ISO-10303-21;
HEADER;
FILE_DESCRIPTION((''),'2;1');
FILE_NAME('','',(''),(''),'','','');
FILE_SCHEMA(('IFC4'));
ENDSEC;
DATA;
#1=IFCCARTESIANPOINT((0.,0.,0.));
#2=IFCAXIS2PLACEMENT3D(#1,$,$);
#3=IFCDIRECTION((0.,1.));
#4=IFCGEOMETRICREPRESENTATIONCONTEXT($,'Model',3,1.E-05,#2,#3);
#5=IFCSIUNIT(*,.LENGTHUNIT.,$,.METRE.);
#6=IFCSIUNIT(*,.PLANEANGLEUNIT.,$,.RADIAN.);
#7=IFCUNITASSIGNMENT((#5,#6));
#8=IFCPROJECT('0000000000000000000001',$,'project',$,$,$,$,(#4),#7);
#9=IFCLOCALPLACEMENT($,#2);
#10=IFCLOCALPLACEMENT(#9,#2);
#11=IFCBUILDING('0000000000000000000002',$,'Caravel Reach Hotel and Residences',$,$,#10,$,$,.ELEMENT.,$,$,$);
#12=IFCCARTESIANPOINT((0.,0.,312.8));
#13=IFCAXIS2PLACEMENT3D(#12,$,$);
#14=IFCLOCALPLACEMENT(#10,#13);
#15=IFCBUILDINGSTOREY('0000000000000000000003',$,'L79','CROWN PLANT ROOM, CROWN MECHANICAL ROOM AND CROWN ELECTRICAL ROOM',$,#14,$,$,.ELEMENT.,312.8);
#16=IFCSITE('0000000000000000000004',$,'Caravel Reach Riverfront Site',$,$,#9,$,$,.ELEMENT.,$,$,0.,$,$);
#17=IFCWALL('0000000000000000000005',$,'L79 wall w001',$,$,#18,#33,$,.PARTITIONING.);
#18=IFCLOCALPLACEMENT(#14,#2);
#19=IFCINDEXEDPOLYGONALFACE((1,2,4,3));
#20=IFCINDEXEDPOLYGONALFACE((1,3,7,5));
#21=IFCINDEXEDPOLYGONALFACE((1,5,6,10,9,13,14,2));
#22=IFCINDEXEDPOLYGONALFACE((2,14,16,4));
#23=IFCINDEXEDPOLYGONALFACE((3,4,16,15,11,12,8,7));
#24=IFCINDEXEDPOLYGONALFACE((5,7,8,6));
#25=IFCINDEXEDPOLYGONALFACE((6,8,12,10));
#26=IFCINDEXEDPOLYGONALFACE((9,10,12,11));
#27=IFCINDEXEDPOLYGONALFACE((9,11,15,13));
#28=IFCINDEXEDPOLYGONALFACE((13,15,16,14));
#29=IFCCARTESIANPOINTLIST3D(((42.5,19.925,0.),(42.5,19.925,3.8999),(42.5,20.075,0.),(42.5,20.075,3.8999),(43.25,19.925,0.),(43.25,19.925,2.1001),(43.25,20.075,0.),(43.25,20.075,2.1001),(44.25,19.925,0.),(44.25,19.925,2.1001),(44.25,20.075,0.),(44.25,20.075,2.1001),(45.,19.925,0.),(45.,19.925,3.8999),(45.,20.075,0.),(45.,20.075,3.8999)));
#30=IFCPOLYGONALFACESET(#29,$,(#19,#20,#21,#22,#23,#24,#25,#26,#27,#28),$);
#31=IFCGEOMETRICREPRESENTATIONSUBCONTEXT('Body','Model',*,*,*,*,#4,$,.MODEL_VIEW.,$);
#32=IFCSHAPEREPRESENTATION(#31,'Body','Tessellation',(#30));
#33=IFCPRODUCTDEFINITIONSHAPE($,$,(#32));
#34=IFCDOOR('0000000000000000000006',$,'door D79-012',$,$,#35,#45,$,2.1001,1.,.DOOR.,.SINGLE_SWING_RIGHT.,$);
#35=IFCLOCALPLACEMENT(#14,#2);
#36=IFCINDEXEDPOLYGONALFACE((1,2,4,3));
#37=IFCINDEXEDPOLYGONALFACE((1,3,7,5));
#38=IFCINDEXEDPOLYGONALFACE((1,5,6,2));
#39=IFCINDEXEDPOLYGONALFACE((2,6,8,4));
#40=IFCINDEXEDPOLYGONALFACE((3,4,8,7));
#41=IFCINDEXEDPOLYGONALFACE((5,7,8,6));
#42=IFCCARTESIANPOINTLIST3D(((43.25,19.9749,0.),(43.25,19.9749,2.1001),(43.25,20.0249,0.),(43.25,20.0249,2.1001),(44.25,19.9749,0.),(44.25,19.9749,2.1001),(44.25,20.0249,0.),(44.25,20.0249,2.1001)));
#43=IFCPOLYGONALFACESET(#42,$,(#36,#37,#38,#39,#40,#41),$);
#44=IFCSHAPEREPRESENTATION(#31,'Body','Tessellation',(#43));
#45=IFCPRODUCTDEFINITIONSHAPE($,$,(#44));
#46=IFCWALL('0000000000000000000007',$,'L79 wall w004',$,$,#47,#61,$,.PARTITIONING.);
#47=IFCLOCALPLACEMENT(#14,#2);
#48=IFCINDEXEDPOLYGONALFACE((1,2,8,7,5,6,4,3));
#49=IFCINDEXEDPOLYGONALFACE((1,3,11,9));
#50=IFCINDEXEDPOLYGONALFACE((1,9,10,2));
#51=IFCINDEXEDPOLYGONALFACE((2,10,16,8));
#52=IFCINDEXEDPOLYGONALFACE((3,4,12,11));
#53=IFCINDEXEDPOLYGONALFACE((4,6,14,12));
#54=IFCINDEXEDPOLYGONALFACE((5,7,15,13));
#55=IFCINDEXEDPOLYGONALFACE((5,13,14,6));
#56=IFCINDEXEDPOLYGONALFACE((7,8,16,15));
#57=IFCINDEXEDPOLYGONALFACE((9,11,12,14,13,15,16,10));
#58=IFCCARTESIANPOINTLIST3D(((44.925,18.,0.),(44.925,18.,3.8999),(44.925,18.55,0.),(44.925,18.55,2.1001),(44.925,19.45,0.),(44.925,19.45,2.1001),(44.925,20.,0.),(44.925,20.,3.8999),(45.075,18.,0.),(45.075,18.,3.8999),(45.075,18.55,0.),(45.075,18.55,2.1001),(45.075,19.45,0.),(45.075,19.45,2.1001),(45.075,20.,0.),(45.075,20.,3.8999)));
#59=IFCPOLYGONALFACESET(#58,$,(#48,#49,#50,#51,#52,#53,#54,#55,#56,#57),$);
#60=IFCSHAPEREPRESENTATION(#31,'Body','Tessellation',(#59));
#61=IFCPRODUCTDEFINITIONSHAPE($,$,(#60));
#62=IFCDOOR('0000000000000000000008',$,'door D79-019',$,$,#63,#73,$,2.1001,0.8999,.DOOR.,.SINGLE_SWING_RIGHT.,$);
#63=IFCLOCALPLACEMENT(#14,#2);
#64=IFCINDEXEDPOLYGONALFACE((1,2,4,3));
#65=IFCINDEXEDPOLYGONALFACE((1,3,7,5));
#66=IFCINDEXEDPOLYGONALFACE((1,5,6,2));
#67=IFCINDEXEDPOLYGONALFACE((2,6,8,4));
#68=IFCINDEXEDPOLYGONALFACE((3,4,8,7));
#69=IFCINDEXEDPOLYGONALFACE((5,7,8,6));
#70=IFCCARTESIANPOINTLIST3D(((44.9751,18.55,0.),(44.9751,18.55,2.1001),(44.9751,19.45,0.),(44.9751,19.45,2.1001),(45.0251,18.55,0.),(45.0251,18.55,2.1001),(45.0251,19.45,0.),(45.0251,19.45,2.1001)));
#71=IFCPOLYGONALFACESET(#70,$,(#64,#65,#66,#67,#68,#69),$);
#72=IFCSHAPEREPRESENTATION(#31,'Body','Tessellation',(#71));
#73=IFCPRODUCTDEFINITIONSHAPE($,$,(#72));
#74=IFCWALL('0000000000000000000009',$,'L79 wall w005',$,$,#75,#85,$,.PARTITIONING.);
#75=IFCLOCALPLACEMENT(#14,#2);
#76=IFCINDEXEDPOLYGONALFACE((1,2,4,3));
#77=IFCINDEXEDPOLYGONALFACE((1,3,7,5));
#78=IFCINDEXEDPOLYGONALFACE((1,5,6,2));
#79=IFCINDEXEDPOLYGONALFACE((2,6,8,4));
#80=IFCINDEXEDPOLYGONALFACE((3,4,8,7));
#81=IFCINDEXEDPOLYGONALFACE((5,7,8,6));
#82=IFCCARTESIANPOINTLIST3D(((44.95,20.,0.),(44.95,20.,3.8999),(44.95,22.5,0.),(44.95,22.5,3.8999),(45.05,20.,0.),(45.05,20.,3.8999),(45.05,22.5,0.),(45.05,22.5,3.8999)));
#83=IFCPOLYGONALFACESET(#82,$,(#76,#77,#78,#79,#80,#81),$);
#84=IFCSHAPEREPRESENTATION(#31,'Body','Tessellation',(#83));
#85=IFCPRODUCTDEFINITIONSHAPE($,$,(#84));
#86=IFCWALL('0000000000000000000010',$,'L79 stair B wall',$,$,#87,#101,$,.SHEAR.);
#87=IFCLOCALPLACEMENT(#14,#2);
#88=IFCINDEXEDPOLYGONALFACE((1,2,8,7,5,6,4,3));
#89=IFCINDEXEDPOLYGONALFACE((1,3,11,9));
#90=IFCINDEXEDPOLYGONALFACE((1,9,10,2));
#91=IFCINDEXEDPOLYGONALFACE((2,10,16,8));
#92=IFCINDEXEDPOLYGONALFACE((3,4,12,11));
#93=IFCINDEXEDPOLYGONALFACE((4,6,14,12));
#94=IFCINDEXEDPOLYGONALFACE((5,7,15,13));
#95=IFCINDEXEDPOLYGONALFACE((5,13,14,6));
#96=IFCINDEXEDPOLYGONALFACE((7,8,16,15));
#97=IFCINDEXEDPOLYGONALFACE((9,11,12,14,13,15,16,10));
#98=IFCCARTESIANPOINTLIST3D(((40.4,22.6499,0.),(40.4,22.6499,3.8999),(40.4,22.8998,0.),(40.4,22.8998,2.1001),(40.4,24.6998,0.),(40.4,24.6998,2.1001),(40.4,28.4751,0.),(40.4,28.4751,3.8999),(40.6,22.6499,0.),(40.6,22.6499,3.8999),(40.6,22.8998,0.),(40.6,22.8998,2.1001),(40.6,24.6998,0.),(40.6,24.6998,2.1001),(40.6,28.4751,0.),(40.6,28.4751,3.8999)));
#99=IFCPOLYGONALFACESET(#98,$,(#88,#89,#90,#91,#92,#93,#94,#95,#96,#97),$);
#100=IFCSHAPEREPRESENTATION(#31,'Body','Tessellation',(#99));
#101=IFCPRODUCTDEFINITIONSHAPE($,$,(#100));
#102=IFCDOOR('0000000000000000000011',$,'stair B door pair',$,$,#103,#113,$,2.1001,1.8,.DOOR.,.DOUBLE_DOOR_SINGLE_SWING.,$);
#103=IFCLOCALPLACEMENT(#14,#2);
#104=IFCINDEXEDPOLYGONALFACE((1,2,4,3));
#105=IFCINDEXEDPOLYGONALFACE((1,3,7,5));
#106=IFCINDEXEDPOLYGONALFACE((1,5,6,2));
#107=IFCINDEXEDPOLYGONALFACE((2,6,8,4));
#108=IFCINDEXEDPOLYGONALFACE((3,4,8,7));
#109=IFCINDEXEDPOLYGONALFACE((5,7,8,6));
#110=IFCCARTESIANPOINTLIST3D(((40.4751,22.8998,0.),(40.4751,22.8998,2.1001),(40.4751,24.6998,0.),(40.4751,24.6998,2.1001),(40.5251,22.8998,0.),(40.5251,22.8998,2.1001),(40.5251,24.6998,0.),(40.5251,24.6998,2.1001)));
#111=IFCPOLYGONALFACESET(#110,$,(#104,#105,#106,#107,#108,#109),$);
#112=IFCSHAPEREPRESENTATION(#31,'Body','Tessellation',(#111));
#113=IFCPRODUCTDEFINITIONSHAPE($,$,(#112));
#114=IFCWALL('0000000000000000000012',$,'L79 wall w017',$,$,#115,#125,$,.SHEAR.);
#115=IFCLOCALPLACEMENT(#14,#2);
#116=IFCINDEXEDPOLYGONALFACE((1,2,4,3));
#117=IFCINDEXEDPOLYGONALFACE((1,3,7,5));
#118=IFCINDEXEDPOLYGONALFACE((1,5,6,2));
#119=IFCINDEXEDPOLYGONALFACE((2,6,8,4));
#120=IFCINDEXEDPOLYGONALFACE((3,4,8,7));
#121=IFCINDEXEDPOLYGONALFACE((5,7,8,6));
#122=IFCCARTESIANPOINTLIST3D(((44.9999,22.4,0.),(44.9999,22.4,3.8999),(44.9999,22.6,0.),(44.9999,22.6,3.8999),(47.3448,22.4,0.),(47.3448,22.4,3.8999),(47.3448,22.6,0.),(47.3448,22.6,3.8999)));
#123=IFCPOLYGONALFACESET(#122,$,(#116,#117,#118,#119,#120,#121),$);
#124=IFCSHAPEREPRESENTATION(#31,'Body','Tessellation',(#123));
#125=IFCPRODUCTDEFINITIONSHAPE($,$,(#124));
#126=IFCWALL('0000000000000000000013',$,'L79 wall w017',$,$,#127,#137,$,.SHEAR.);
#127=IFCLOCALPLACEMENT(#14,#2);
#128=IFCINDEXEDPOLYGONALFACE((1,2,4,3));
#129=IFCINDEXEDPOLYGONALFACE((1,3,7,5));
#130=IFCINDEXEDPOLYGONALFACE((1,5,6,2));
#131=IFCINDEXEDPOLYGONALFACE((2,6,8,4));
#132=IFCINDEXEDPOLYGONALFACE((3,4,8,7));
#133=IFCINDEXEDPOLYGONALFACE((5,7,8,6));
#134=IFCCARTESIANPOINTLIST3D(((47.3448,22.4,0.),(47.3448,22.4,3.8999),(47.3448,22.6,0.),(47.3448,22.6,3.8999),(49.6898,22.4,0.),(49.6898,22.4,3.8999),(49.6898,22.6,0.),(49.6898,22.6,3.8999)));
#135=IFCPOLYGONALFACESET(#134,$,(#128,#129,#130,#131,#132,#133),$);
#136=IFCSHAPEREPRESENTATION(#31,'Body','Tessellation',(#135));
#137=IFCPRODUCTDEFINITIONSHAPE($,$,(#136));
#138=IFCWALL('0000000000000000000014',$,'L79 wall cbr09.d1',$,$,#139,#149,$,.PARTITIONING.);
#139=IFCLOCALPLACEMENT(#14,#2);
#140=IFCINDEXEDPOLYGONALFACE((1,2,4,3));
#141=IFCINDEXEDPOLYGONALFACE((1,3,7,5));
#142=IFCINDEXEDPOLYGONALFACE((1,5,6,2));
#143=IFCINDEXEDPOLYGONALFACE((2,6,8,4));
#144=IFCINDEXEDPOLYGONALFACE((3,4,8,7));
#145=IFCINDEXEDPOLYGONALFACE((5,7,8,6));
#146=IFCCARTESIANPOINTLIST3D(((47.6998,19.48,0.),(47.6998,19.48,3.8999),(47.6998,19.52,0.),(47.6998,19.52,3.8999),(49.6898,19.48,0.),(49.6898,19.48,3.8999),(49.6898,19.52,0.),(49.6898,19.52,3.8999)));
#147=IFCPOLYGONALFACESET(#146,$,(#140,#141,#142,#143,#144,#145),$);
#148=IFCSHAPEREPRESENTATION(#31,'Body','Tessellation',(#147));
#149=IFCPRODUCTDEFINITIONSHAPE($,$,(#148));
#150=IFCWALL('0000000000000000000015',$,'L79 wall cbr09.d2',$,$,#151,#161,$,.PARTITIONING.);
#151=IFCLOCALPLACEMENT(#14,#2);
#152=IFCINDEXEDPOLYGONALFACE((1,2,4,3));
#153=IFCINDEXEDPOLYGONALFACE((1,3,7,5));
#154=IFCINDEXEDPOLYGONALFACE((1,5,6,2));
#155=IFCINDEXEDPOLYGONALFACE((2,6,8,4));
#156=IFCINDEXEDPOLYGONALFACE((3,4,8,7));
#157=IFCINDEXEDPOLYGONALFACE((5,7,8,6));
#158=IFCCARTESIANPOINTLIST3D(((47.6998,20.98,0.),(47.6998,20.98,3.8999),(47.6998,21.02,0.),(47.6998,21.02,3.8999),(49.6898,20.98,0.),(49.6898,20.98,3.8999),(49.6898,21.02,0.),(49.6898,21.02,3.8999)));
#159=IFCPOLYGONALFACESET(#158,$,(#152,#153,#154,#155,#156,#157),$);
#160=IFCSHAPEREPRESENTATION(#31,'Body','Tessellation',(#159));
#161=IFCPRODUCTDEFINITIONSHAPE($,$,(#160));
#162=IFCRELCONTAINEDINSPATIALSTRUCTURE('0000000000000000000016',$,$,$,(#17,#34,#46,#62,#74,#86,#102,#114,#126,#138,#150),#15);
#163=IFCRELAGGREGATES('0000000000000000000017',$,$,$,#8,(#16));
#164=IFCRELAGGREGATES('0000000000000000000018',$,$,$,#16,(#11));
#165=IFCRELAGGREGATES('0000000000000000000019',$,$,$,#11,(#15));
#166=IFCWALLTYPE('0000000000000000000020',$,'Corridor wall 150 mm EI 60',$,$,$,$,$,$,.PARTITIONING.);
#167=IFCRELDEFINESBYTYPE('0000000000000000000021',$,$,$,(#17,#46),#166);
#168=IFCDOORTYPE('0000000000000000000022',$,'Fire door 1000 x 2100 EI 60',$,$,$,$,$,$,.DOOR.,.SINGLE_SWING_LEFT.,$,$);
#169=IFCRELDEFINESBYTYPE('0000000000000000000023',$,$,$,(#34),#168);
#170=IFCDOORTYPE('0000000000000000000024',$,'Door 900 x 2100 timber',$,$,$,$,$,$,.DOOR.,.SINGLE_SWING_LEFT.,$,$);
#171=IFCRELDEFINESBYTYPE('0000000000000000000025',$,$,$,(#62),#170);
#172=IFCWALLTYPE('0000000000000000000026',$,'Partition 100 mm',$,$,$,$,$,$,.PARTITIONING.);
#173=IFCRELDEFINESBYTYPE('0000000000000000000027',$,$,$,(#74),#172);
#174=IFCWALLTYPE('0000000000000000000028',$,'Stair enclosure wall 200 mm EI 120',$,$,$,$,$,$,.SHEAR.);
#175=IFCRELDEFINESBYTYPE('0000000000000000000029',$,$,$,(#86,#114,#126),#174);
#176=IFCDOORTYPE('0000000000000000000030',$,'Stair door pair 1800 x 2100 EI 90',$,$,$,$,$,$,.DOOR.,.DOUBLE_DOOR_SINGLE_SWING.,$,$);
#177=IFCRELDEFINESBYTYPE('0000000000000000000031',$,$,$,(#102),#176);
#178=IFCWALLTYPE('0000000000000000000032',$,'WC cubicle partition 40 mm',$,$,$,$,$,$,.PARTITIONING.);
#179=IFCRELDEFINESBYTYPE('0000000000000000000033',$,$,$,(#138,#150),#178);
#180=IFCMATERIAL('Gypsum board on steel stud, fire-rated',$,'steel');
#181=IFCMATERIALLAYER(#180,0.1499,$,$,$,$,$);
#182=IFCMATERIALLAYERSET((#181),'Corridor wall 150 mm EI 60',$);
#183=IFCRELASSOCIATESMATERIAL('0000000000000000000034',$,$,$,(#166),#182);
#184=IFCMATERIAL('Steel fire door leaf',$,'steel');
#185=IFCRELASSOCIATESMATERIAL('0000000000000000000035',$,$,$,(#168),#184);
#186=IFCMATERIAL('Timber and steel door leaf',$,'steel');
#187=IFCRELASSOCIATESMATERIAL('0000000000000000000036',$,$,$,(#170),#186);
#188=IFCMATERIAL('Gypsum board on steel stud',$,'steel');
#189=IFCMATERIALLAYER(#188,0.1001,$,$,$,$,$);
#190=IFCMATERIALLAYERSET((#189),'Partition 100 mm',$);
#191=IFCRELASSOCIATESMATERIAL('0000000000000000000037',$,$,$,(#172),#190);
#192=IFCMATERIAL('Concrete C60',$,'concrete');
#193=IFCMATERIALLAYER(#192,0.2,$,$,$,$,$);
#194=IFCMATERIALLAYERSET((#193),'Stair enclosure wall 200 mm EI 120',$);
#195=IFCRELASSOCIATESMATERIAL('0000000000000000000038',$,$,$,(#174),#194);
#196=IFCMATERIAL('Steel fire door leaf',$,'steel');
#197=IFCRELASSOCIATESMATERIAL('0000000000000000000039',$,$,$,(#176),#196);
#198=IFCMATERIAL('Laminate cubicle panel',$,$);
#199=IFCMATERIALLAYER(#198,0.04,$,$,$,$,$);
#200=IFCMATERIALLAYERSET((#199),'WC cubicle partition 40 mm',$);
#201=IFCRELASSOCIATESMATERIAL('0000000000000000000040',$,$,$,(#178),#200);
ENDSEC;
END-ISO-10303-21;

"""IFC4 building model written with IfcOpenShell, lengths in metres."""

from ifc_helpers import new_model, si_unit, direction, frame, frame_2d, origin, place, context, subcontext, project, spatial, rectangle, extrude, material, layer, layer_set, type_object, element, fill, save


model = new_model("IFC4")

# Units and contexts
model_context = context("Model", 3, precision=1e-05, world=origin(), true_north=direction((0.0, 1.0)))
body_context = subcontext(model_context, "Body", "Model", "MODEL_VIEW")
ifc_project = project(units=[si_unit("LENGTHUNIT", "METRE"), si_unit("PLANEANGLEUNIT", "RADIAN")], contexts=[model_context])

# Site, building, storey
site_placement = place(None, origin())
site = spatial("IfcSite", under=ifc_project, at=site_placement, Name="Caravel Reach Riverfront Site", CompositionType="ELEMENT", RefElevation=0.0)
building_placement = place(site_placement, origin())
building = spatial("IfcBuilding", under=site, at=building_placement, Name="Caravel Reach Hotel and Residences", CompositionType="ELEMENT")
storey_placement = place(building_placement, frame((0.0, 0.0, 312.8)))
storey = spatial("IfcBuildingStorey", under=building, at=storey_placement, Name="L79", Description="CROWN PLANT ROOM, CROWN MECHANICAL ROOM AND CROWN ELECTRICAL ROOM", CompositionType="ELEMENT", Elevation=312.8)

# Walls, openings, doors
ifc_material_1 = material(Name="Gypsum board on steel stud, fire-rated", Category="steel")
ifc_layer_1 = layer(ifc_material_1, 0.1499)
ifc_layer_set_1 = layer_set([ifc_layer_1], Name="Corridor wall 150 mm EI 60")
wall_type_1 = type_object("IfcWallType", Name="Corridor wall 150 mm EI 60", PredefinedType="PARTITIONING", material=ifc_layer_set_1)
wall_1_placement = place(storey_placement, frame((42.5, 20.0, 0.0), z_axis=(0.0, 0.0, 1.0), x_axis=(1.0, 0.0, 0.0)))
wall_1 = element("IfcWall", 1, at=wall_1_placement, inside=storey, type_object=wall_type_1, Name="L79 wall w001", PredefinedType="PARTITIONING", context=body_context, shape_type="SweptSolid", body=[
    extrude(rectangle(XDim=2.5, YDim=0.1499, at=frame_2d((1.25, 0.0))), origin(), (0.0, 0.0, 1.0), 3.8999),
])
opening_1_placement = place(wall_1_placement, frame((0.75, 0.0, 0.0)))
opening_1 = element("IfcOpeningElement", 2, at=opening_1_placement, cuts=wall_1, PredefinedType="OPENING", context=body_context, shape_type="SweptSolid", body=[
    extrude(rectangle(XDim=1.0, YDim=2.1001, at=frame_2d((0.5, 1.05))), frame((0.0, 0.085, 0.0), z_axis=(0.0, -1.0, 0.0), x_axis=(1.0, 0.0, 0.0)), (0.0, 0.0, 1.0), 0.1699),
])
ifc_material_2 = material(Name="Steel fire door leaf", Category="steel")
door_type_1 = type_object("IfcDoorType", Name="Fire door 1000 x 2100 EI 60", OperationType="SINGLE_SWING_LEFT", PredefinedType="DOOR", material=ifc_material_2)
door_1_placement = place(opening_1_placement, origin())
door_1 = element("IfcDoor", 3, at=door_1_placement, inside=storey, type_object=door_type_1, Name="door D79-012", OperationType="SINGLE_SWING_RIGHT", OverallHeight=2.1001, OverallWidth=1.0, PredefinedType="DOOR", context=body_context, shape_type="SweptSolid", body=[
    extrude(rectangle(XDim=1.0, YDim=2.1001, at=frame_2d((0.5, 1.05))), frame((0.0, 0.0249, 0.0), z_axis=(0.0, -1.0, 0.0), x_axis=(1.0, 0.0, 0.0)), (0.0, 0.0, 1.0), 0.05),
])
fill(opening_1, door_1)
wall_2_placement = place(storey_placement, frame((45.0, 18.0, 0.0), z_axis=(0.0, 0.0, 1.0), x_axis=(0.0, 1.0, 0.0)))
wall_2 = element("IfcWall", 4, at=wall_2_placement, inside=storey, type_object=wall_type_1, Name="L79 wall w004", PredefinedType="PARTITIONING", context=body_context, shape_type="SweptSolid", body=[
    extrude(rectangle(XDim=2.0, YDim=0.1499, at=frame_2d((1.0, 0.0))), origin(), (0.0, 0.0, 1.0), 3.8999),
])
opening_2_placement = place(wall_2_placement, frame((0.55, 0.0, 0.0)))
opening_2 = element("IfcOpeningElement", 5, at=opening_2_placement, cuts=wall_2, PredefinedType="OPENING", context=body_context, shape_type="SweptSolid", body=[
    extrude(rectangle(XDim=0.8999, YDim=2.1001, at=frame_2d((0.45, 1.05))), frame((0.0, 0.085, 0.0), z_axis=(0.0, -1.0, 0.0), x_axis=(1.0, 0.0, 0.0)), (0.0, 0.0, 1.0), 0.1699),
])
ifc_material_3 = material(Name="Timber and steel door leaf", Category="steel")
door_type_2 = type_object("IfcDoorType", Name="Door 900 x 2100 timber", OperationType="SINGLE_SWING_LEFT", PredefinedType="DOOR", material=ifc_material_3)
door_2_placement = place(opening_2_placement, origin())
door_2 = element("IfcDoor", 6, at=door_2_placement, inside=storey, type_object=door_type_2, Name="door D79-019", OperationType="SINGLE_SWING_RIGHT", OverallHeight=2.1001, OverallWidth=0.8999, PredefinedType="DOOR", context=body_context, shape_type="SweptSolid", body=[
    extrude(rectangle(XDim=0.8999, YDim=2.1001, at=frame_2d((0.45, 1.05))), frame((0.0, 0.0249, 0.0), z_axis=(0.0, -1.0, 0.0), x_axis=(1.0, 0.0, 0.0)), (0.0, 0.0, 1.0), 0.05),
])
fill(opening_2, door_2)

# Wall
ifc_material_4 = material(Name="Gypsum board on steel stud", Category="steel")
ifc_layer_2 = layer(ifc_material_4, 0.1001)
ifc_layer_set_2 = layer_set([ifc_layer_2], Name="Partition 100 mm")
wall_type_2 = type_object("IfcWallType", Name="Partition 100 mm", PredefinedType="PARTITIONING", material=ifc_layer_set_2)
wall_3_placement = place(storey_placement, frame((45.0, 20.0, 0.0), z_axis=(0.0, 0.0, 1.0), x_axis=(0.0, 1.0, 0.0)))
element("IfcWall", 7, at=wall_3_placement, inside=storey, type_object=wall_type_2, Name="L79 wall w005", PredefinedType="PARTITIONING", context=body_context, shape_type="SweptSolid", body=[
    extrude(rectangle(XDim=2.5, YDim=0.1001, at=frame_2d((1.25, 0.0))), origin(), (0.0, 0.0, 1.0), 3.8999),
])

# Wall, opening, door
ifc_material_5 = material(Name="Concrete C60", Category="concrete")
ifc_layer_3 = layer(ifc_material_5, 0.2)
ifc_layer_set_3 = layer_set([ifc_layer_3], Name="Stair enclosure wall 200 mm EI 120")
wall_type_3 = type_object("IfcWallType", Name="Stair enclosure wall 200 mm EI 120", PredefinedType="SHEAR", material=ifc_layer_set_3)
wall_4_placement = place(storey_placement, frame((40.5, 22.6499, 0.0), z_axis=(0.0, 0.0, 1.0), x_axis=(0.0, 1.0, 0.0)))
wall_4 = element("IfcWall", 8, at=wall_4_placement, inside=storey, type_object=wall_type_3, Name="L79 stair B wall", PredefinedType="SHEAR", context=body_context, shape_type="SweptSolid", body=[
    extrude(rectangle(XDim=5.8252, YDim=0.2, at=frame_2d((2.9126, 0.0))), origin(), (0.0, 0.0, 1.0), 3.8999),
])
opening_3_placement = place(wall_4_placement, frame((0.25, 0.0, 0.0)))
opening_3 = element("IfcOpeningElement", 9, at=opening_3_placement, cuts=wall_4, PredefinedType="OPENING", context=body_context, shape_type="SweptSolid", body=[
    extrude(rectangle(XDim=1.8, YDim=2.1001, at=frame_2d((0.8999, 1.05))), frame((0.0, 0.1099, 0.0), z_axis=(0.0, -1.0, 0.0), x_axis=(1.0, 0.0, 0.0)), (0.0, 0.0, 1.0), 0.22),
])
ifc_material_6 = material(Name="Steel fire door leaf", Category="steel")
door_type_3 = type_object("IfcDoorType", Name="Stair door pair 1800 x 2100 EI 90", OperationType="DOUBLE_DOOR_SINGLE_SWING", PredefinedType="DOOR", material=ifc_material_6)
door_3_placement = place(opening_3_placement, origin())
door_3 = element("IfcDoor", 10, at=door_3_placement, inside=storey, type_object=door_type_3, Name="stair B door pair", OperationType="DOUBLE_DOOR_SINGLE_SWING", OverallHeight=2.1001, OverallWidth=1.8, PredefinedType="DOOR", context=body_context, shape_type="SweptSolid", body=[
    extrude(rectangle(XDim=1.8, YDim=2.1001, at=frame_2d((0.8999, 1.05))), frame((0.0, 0.0249, 0.0), z_axis=(0.0, -1.0, 0.0), x_axis=(1.0, 0.0, 0.0)), (0.0, 0.0, 1.0), 0.05),
])
fill(opening_3, door_3)

# Walls
for number, where, z_axis, x_axis, name in (
    (11, (45.0, 22.5, 0.0), (0.0, 0.0, 1.0), (1.0, 0.0, 0.0), "L79 wall w017"),
    (12, (47.345, 22.5, 0.0), (0.0, 0.0, 1.0), (1.0, 0.0, 0.0), "L79 wall w017"),
):
    element("IfcWall", number, at=place(storey_placement, frame(where, z_axis=z_axis, x_axis=x_axis)), inside=storey, type_object=wall_type_3, Name=name, PredefinedType="SHEAR", context=body_context, shape_type="SweptSolid", body=[
        extrude(rectangle(XDim=2.345, YDim=0.2, at=frame_2d((1.1724, 0.0))), origin(), (0.0, 0.0, 1.0), 3.8999),
    ])
ifc_material_7 = material(Name="Laminate cubicle panel")
ifc_layer_4 = layer(ifc_material_7, 0.04)
ifc_layer_set_4 = layer_set([ifc_layer_4], Name="WC cubicle partition 40 mm")
wall_type_4 = type_object("IfcWallType", Name="WC cubicle partition 40 mm", PredefinedType="PARTITIONING", material=ifc_layer_set_4)
for number, where, z_axis, x_axis, name in (
    (13, (49.6899, 19.5, 0.0), (0.0, 0.0, 1.0), (-1.0, 0.0, 0.0), "L79 wall cbr09.d1"),
    (14, (49.6899, 21.0, 0.0), (0.0, 0.0, 1.0), (-1.0, 0.0, 0.0), "L79 wall cbr09.d2"),
):
    element("IfcWall", number, at=place(storey_placement, frame(where, z_axis=z_axis, x_axis=x_axis)), inside=storey, type_object=wall_type_4, Name=name, PredefinedType="PARTITIONING", context=body_context, shape_type="SweptSolid", body=[
        extrude(rectangle(XDim=1.99, YDim=0.04, at=frame_2d((0.9951, 0.0))), origin(), (0.0, 0.0, 1.0), 3.8999),
    ])

save(model, "model.ifc")
